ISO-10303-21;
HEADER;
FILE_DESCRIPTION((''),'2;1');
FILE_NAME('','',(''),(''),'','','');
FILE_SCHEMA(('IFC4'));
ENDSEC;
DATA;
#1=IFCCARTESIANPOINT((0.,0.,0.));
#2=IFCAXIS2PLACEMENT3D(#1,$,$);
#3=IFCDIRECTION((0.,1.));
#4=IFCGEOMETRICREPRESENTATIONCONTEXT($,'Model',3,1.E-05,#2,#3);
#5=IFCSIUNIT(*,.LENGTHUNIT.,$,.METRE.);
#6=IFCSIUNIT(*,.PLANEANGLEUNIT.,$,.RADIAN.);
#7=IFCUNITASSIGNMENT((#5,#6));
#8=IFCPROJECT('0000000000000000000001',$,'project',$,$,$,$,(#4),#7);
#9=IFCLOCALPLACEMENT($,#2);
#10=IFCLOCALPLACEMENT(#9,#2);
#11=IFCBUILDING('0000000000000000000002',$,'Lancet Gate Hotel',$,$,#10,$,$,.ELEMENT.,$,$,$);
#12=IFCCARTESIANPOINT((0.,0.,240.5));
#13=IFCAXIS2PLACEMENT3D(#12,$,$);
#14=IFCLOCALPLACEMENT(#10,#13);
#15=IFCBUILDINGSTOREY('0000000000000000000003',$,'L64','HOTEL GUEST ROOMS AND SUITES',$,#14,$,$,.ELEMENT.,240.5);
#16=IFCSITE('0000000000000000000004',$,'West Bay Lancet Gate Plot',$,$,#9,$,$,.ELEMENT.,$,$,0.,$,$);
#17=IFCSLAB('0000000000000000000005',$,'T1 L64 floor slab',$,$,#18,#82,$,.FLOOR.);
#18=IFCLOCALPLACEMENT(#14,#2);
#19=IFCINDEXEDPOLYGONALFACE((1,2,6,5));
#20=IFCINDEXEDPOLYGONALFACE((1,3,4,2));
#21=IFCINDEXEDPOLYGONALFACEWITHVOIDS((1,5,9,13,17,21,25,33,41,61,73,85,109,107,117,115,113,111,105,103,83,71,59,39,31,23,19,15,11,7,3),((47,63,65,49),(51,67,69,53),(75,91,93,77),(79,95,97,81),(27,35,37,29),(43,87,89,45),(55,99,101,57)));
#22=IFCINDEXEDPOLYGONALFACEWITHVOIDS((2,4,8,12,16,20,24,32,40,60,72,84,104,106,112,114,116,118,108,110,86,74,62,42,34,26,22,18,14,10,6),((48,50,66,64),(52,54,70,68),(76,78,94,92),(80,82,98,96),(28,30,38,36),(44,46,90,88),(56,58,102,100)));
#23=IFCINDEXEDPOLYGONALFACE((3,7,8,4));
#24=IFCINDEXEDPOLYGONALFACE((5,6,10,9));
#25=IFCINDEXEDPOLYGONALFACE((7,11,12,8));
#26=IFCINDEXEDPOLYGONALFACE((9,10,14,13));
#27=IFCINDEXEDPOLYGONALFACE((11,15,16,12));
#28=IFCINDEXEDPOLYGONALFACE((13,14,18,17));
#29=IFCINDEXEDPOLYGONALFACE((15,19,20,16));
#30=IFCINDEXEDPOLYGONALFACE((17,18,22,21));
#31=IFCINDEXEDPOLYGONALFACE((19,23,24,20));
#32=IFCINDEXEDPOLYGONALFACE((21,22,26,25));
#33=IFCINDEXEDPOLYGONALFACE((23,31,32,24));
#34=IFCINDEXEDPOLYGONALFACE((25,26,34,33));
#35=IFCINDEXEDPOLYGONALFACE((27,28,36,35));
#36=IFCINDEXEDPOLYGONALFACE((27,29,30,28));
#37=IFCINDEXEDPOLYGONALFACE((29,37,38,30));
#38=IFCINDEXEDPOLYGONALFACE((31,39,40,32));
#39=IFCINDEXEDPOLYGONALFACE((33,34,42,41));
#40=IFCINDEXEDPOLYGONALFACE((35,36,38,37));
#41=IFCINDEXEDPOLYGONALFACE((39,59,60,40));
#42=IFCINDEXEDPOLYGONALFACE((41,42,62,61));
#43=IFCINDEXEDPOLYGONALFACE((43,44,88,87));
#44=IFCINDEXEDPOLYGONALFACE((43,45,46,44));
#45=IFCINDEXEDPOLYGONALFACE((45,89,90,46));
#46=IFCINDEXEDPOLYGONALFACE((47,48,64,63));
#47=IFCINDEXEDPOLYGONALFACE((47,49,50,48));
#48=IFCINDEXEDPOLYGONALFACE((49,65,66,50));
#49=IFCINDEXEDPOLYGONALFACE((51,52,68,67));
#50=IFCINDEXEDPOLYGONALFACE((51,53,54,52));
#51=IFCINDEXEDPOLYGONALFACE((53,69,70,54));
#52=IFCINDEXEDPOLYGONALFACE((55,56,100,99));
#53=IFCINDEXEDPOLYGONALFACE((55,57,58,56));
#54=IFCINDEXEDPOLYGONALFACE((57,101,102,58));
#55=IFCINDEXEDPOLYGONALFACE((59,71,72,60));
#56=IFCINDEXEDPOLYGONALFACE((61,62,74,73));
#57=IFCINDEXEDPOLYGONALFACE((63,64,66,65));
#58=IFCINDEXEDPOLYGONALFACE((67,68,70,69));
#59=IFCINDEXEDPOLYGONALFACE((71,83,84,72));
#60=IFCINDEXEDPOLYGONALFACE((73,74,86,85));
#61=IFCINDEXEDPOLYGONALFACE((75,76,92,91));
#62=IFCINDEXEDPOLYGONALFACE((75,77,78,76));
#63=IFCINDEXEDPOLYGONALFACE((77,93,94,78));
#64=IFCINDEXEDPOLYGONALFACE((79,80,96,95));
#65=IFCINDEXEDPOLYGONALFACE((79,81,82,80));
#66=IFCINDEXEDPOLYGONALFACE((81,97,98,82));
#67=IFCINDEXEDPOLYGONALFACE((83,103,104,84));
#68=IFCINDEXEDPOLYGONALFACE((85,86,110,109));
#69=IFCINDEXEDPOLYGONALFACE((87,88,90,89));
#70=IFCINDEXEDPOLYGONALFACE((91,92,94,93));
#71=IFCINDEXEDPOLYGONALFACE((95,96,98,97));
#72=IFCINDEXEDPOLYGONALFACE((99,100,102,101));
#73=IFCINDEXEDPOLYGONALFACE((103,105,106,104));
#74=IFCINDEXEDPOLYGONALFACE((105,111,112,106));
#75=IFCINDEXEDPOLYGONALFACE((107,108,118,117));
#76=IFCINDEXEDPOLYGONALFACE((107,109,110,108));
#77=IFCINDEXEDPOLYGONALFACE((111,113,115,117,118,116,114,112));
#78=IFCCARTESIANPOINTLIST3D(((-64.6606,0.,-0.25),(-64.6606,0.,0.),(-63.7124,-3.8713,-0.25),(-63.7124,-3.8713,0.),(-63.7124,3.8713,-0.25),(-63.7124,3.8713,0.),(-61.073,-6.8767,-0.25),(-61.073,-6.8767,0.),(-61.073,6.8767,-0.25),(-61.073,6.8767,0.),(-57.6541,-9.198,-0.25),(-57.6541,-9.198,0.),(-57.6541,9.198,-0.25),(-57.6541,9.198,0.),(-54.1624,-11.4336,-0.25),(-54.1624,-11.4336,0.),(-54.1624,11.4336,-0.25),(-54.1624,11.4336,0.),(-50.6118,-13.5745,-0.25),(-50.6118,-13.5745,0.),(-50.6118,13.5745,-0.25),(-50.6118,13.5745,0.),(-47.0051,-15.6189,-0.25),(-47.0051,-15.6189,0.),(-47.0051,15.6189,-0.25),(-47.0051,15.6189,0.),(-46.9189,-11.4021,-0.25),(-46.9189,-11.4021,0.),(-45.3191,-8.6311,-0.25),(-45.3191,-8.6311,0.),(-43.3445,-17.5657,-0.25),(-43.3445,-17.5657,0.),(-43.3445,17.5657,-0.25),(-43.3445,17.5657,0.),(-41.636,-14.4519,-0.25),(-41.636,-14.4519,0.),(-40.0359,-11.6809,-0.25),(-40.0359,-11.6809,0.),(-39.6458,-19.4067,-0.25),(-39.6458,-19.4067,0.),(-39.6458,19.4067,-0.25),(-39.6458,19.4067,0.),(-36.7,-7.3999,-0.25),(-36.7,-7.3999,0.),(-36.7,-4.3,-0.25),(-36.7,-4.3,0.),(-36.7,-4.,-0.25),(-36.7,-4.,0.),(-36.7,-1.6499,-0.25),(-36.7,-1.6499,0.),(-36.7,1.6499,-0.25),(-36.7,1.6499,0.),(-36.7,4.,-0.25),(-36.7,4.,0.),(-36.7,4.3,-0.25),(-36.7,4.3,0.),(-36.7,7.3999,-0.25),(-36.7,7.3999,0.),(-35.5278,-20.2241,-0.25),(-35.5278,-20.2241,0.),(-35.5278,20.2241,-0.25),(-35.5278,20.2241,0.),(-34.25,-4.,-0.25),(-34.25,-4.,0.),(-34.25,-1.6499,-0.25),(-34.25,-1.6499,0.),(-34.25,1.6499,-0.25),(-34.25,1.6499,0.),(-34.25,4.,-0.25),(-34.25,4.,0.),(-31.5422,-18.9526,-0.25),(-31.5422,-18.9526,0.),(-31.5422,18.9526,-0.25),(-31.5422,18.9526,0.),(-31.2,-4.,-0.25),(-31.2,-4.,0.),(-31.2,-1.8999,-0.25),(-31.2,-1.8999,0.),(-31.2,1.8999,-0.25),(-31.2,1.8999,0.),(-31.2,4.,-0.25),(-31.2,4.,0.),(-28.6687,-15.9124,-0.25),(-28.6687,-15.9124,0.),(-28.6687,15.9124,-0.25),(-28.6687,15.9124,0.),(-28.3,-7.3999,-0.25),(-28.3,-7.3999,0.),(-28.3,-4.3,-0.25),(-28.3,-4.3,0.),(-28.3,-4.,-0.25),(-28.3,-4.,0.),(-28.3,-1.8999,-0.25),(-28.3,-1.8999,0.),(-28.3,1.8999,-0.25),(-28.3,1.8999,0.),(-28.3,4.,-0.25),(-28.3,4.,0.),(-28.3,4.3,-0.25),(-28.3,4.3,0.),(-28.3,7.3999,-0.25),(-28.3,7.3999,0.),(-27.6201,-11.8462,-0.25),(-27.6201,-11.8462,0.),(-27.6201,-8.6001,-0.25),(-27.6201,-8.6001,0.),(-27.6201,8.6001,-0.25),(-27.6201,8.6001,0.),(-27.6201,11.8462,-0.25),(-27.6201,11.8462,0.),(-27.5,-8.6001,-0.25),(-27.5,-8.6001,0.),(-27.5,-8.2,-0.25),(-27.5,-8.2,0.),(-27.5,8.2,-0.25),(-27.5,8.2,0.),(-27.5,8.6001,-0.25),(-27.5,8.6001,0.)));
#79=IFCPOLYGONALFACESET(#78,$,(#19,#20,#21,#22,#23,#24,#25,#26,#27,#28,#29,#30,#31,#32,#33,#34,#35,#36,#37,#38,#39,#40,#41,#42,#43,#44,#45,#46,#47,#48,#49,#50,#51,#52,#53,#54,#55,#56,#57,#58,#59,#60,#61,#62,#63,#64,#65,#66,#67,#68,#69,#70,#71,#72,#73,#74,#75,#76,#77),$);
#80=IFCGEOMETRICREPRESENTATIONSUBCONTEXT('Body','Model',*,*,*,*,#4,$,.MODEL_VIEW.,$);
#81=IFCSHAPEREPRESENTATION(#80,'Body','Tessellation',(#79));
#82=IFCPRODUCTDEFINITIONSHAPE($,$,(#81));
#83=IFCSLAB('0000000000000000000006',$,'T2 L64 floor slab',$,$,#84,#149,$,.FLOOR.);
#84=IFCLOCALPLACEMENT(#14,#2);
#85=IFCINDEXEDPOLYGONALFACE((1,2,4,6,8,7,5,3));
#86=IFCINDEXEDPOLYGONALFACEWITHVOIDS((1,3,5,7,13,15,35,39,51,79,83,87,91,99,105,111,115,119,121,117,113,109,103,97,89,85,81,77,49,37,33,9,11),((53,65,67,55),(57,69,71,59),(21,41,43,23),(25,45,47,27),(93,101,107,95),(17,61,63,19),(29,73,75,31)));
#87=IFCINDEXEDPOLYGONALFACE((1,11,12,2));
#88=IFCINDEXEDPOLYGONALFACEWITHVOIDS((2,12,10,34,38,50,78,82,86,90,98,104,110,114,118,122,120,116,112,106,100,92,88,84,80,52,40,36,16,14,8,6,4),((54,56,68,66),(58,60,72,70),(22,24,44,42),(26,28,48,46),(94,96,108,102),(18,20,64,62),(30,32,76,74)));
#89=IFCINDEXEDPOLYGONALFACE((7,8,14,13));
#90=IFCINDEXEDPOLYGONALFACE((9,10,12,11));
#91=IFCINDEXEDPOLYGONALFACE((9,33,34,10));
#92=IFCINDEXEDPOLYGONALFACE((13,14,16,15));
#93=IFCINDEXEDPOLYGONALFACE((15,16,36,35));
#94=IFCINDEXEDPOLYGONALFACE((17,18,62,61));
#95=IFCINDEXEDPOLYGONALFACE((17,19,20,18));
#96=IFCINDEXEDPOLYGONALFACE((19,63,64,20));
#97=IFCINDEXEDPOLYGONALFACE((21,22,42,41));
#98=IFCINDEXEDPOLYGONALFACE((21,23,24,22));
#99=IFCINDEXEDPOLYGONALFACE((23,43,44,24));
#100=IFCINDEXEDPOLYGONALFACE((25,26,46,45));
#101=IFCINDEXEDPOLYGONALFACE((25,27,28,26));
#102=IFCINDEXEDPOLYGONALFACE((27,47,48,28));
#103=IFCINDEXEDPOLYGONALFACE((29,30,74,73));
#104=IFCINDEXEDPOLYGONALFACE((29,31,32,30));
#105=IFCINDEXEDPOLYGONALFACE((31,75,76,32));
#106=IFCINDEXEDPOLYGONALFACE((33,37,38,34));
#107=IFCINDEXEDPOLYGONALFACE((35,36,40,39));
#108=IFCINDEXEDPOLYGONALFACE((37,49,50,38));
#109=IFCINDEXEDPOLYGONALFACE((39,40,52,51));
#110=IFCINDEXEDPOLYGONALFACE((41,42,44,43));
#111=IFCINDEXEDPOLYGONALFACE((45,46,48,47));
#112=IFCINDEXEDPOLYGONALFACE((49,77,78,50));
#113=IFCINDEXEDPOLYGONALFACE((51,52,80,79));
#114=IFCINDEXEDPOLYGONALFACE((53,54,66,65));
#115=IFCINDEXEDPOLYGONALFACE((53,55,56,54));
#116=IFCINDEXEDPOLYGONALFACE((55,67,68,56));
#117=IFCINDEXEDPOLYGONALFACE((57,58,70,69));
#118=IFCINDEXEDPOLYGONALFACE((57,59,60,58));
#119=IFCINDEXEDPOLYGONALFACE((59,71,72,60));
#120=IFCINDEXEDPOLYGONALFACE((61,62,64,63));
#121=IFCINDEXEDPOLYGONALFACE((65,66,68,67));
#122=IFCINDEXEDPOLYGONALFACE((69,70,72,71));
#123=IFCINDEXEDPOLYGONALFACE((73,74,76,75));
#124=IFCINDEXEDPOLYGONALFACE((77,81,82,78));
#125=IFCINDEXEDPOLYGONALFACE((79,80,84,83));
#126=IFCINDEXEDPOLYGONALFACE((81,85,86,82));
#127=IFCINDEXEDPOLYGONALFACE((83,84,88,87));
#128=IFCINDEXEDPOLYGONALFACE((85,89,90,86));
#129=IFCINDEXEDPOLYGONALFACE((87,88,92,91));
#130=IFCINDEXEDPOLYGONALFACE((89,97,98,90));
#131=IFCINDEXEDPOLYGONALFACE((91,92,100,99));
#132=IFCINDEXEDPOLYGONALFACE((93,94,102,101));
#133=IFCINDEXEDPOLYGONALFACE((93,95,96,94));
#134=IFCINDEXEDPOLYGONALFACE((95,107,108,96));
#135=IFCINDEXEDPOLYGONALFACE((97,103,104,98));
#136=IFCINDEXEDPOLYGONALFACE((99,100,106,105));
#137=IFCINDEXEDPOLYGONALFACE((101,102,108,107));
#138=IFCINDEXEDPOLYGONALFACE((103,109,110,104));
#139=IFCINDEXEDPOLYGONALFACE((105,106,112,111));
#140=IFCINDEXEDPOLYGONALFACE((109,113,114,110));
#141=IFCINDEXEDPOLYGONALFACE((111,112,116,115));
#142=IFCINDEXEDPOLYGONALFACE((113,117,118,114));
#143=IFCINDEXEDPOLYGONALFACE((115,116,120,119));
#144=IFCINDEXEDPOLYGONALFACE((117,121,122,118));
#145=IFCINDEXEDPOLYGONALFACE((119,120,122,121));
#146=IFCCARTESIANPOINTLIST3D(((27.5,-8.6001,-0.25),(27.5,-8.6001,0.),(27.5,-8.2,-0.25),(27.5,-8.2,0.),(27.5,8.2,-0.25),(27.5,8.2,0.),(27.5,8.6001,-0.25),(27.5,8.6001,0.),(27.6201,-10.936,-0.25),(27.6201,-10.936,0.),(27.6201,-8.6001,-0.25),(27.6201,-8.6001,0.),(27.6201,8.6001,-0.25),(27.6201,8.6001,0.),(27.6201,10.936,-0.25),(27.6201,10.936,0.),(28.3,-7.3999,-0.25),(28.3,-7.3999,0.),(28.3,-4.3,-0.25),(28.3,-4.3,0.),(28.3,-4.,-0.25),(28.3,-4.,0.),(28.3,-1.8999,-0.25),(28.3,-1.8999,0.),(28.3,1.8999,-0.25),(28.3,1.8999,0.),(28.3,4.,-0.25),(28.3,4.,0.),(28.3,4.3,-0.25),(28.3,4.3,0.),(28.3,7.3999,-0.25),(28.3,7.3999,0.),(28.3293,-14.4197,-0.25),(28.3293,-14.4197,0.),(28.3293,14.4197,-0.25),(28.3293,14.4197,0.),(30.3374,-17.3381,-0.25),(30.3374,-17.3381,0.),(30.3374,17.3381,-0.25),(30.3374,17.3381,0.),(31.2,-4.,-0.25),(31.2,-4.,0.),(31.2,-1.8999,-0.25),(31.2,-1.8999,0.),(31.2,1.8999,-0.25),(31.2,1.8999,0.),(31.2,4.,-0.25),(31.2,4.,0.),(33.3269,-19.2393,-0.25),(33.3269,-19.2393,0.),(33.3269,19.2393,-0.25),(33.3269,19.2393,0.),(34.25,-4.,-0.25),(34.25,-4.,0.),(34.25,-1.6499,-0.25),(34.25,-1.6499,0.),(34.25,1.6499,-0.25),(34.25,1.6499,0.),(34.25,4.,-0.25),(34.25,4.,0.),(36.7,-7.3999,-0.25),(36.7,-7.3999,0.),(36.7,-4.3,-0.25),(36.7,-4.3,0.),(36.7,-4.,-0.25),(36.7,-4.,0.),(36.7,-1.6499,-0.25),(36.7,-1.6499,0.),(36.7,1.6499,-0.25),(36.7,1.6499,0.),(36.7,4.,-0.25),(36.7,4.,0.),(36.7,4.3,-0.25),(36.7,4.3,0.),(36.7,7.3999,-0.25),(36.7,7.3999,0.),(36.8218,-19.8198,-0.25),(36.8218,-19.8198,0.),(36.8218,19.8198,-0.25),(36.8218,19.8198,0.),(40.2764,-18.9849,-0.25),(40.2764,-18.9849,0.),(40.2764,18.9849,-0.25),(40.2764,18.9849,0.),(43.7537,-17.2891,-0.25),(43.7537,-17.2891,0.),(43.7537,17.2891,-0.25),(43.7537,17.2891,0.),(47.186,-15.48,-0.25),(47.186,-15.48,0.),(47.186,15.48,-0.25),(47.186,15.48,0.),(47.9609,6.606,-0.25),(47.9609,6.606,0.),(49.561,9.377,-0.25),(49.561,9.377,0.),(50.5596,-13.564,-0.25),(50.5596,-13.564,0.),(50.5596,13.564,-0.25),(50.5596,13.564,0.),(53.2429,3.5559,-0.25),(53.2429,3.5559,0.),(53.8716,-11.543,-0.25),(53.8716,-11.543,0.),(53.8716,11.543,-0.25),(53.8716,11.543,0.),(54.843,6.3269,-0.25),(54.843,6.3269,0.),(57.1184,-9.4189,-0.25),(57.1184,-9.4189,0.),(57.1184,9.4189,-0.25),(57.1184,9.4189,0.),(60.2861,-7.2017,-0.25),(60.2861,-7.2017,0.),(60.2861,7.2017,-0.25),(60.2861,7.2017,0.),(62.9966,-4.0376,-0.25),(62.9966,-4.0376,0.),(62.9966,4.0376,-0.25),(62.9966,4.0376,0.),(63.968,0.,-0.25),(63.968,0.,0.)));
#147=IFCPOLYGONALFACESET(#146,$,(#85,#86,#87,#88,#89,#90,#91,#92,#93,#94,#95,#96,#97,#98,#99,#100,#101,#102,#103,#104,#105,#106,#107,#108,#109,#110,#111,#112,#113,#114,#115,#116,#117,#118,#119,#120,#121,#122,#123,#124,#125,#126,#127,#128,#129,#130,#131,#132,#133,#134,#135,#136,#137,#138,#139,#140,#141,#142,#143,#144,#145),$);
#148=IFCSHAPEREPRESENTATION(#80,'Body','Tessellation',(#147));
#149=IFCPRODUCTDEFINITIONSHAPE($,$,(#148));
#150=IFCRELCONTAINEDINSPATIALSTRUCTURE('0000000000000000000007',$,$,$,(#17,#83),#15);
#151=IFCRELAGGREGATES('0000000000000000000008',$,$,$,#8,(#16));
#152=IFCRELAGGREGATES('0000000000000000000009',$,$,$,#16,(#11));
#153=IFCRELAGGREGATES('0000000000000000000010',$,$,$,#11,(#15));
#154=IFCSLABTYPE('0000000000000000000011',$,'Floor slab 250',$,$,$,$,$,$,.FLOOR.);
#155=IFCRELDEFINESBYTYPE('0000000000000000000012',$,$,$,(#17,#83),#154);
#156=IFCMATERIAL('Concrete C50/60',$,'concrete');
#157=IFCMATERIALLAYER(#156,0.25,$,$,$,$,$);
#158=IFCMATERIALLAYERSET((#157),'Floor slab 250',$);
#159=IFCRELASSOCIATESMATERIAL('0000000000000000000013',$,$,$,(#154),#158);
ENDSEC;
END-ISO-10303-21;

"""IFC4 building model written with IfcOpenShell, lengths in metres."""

from ifc_helpers import new_model, si_unit, direction, frame, origin, place, context, subcontext, project, spatial, polyline, outline, extrude, material, layer, layer_set, type_object, element, save


model = new_model("IFC4")

# Units and contexts
model_context = context("Model", 3, precision=1e-05, world=origin(), true_north=direction((0.0, 1.0)))
body_context = subcontext(model_context, "Body", "Model", "MODEL_VIEW")
ifc_project = project(units=[si_unit("LENGTHUNIT", "METRE"), si_unit("PLANEANGLEUNIT", "RADIAN")], contexts=[model_context])

# Site, building, storey
site_placement = place(None, origin())
site = spatial("IfcSite", under=ifc_project, at=site_placement, Name="West Bay Lancet Gate Plot", CompositionType="ELEMENT", RefElevation=0.0)
building_placement = place(site_placement, origin())
building = spatial("IfcBuilding", under=site, at=building_placement, Name="Lancet Gate Hotel", CompositionType="ELEMENT")
storey_placement = place(building_placement, frame((0.0, 0.0, 240.5)))
storey = spatial("IfcBuildingStorey", under=building, at=storey_placement, Name="L64", Description="HOTEL GUEST ROOMS AND SUITES", CompositionType="ELEMENT", Elevation=240.5)

# Slabs
ifc_material_1 = material(Name="Concrete C50/60", Category="concrete")
ifc_layer_1 = layer(ifc_material_1, 0.25)
ifc_layer_set_1 = layer_set([ifc_layer_1], Name="Floor slab 250")
slab_type_1 = type_object("IfcSlabType", Name="Floor slab 250", PredefinedType="FLOOR", material=ifc_layer_set_1)
slab_1_placement = place(storey_placement, frame((0.0, 0.0, -0.25)))
element("IfcSlab", 1, at=slab_1_placement, inside=storey, type_object=slab_type_1, Name="T1 L64 floor slab", PredefinedType="FLOOR", context=body_context, shape_type="SweptSolid", body=[
    extrude(outline(polyline([(-27.5, 8.6001), (-27.6201, 8.6001), (-27.6201, 11.8462), (-28.6687, 15.9124), (-31.5422, 18.9526), (-35.5278, 20.2241), (-39.6458, 19.4067), (-43.3445, 17.5657), (-47.0051, 15.6189), (-50.6118, 13.5745), (-54.1624, 11.4336), (-57.6541, 9.198), (-61.073, 6.8767), (-63.7124, 3.8713), (-64.6606, 0.0), (-63.7124, -3.8713), (-61.073, -6.8767), (-57.6541, -9.198), (-54.1624, -11.4336), (-50.6118, -13.5745), (-47.0051, -15.6189), (-43.3445, -17.5657), (-39.6458, -19.4067), (-35.5278, -20.2241), (-31.5422, -18.9526), (-28.6687, -15.9124), (-27.6201, -11.8462), (-27.6201, -8.6001), (-27.5, -8.6001), (-27.5, -8.2), (-27.5, 8.2), (-27.5, 8.6001)]), holes=[polyline([(-36.7, 7.3999), (-36.7, 4.3), (-28.3, 4.3), (-28.3, 7.3999), (-36.7, 7.3999)]), polyline([(-28.3, 4.0), (-31.2, 4.0), (-31.2, 1.8999), (-28.3, 1.8999), (-28.3, 4.0)]), polyline([(-34.25, 4.0), (-36.7, 4.0), (-36.7, 1.6499), (-34.25, 1.6499), (-34.25, 4.0)]), polyline([(-36.7, -1.6499), (-36.7, -4.0), (-34.25, -4.0), (-34.25, -1.6499), (-36.7, -1.6499)]), polyline([(-28.3, -1.8999), (-31.2, -1.8999), (-31.2, -4.0), (-28.3, -4.0), (-28.3, -1.8999)]), polyline([(-28.3, -4.3), (-36.7, -4.3), (-36.7, -7.3999), (-28.3, -7.3999), (-28.3, -4.3)]), polyline([(-45.3191, -8.6311), (-46.9189, -11.4021), (-41.636, -14.4519), (-40.0359, -11.6809), (-45.3191, -8.6311)])]), origin(), (0.0, 0.0, 1.0), 0.25),
])
slab_2_placement = place(storey_placement, frame((0.0, 0.0, -0.25)))
element("IfcSlab", 2, at=slab_2_placement, inside=storey, type_object=slab_type_1, Name="T2 L64 floor slab", PredefinedType="FLOOR", context=body_context, shape_type="SweptSolid", body=[
    extrude(outline(polyline([(27.5, -8.6001), (27.6201, -8.6001), (27.6201, -10.936), (28.3293, -14.4197), (30.3374, -17.3381), (33.3269, -19.2393), (36.8218, -19.8198), (40.2764, -18.9849), (43.7537, -17.2891), (47.186, -15.48), (50.5596, -13.564), (53.8716, -11.543), (57.1184, -9.4189), (60.2861, -7.2017), (62.9966, -4.0376), (63.968, 0.0), (62.9966, 4.0376), (60.2861, 7.2017), (57.1184, 9.4189), (53.8716, 11.543), (50.5596, 13.564), (47.186, 15.48), (43.7537, 17.2891), (40.2764, 18.9849), (36.8218, 19.8198), (33.3269, 19.2393), (30.3374, 17.3381), (28.3293, 14.4197), (27.6201, 10.936), (27.6201, 8.6001), (27.5, 8.6001), (27.5, 8.2), (27.5, -8.2), (27.5, -8.6001)]), holes=[polyline([(36.7, -7.3999), (36.7, -4.3), (28.3, -4.3), (28.3, -7.3999), (36.7, -7.3999)]), polyline([(28.3, -4.0), (31.2, -4.0), (31.2, -1.8999), (28.3, -1.8999), (28.3, -4.0)]), polyline([(34.25, -4.0), (36.7, -4.0), (36.7, -1.6499), (34.25, -1.6499), (34.25, -4.0)]), polyline([(36.7, 1.6499), (36.7, 4.0), (34.25, 4.0), (34.25, 1.6499), (36.7, 1.6499)]), polyline([(28.3, 1.8999), (31.2, 1.8999), (31.2, 4.0), (28.3, 4.0), (28.3, 1.8999)]), polyline([(28.3, 4.3), (36.7, 4.3), (36.7, 7.3999), (28.3, 7.3999), (28.3, 4.3)]), polyline([(53.2429, 3.5559), (54.843, 6.3269), (49.561, 9.377), (47.9609, 6.606), (53.2429, 3.5559)])]), origin(), (0.0, 0.0, 1.0), 0.25),
])

save(model, "model.ifc")
